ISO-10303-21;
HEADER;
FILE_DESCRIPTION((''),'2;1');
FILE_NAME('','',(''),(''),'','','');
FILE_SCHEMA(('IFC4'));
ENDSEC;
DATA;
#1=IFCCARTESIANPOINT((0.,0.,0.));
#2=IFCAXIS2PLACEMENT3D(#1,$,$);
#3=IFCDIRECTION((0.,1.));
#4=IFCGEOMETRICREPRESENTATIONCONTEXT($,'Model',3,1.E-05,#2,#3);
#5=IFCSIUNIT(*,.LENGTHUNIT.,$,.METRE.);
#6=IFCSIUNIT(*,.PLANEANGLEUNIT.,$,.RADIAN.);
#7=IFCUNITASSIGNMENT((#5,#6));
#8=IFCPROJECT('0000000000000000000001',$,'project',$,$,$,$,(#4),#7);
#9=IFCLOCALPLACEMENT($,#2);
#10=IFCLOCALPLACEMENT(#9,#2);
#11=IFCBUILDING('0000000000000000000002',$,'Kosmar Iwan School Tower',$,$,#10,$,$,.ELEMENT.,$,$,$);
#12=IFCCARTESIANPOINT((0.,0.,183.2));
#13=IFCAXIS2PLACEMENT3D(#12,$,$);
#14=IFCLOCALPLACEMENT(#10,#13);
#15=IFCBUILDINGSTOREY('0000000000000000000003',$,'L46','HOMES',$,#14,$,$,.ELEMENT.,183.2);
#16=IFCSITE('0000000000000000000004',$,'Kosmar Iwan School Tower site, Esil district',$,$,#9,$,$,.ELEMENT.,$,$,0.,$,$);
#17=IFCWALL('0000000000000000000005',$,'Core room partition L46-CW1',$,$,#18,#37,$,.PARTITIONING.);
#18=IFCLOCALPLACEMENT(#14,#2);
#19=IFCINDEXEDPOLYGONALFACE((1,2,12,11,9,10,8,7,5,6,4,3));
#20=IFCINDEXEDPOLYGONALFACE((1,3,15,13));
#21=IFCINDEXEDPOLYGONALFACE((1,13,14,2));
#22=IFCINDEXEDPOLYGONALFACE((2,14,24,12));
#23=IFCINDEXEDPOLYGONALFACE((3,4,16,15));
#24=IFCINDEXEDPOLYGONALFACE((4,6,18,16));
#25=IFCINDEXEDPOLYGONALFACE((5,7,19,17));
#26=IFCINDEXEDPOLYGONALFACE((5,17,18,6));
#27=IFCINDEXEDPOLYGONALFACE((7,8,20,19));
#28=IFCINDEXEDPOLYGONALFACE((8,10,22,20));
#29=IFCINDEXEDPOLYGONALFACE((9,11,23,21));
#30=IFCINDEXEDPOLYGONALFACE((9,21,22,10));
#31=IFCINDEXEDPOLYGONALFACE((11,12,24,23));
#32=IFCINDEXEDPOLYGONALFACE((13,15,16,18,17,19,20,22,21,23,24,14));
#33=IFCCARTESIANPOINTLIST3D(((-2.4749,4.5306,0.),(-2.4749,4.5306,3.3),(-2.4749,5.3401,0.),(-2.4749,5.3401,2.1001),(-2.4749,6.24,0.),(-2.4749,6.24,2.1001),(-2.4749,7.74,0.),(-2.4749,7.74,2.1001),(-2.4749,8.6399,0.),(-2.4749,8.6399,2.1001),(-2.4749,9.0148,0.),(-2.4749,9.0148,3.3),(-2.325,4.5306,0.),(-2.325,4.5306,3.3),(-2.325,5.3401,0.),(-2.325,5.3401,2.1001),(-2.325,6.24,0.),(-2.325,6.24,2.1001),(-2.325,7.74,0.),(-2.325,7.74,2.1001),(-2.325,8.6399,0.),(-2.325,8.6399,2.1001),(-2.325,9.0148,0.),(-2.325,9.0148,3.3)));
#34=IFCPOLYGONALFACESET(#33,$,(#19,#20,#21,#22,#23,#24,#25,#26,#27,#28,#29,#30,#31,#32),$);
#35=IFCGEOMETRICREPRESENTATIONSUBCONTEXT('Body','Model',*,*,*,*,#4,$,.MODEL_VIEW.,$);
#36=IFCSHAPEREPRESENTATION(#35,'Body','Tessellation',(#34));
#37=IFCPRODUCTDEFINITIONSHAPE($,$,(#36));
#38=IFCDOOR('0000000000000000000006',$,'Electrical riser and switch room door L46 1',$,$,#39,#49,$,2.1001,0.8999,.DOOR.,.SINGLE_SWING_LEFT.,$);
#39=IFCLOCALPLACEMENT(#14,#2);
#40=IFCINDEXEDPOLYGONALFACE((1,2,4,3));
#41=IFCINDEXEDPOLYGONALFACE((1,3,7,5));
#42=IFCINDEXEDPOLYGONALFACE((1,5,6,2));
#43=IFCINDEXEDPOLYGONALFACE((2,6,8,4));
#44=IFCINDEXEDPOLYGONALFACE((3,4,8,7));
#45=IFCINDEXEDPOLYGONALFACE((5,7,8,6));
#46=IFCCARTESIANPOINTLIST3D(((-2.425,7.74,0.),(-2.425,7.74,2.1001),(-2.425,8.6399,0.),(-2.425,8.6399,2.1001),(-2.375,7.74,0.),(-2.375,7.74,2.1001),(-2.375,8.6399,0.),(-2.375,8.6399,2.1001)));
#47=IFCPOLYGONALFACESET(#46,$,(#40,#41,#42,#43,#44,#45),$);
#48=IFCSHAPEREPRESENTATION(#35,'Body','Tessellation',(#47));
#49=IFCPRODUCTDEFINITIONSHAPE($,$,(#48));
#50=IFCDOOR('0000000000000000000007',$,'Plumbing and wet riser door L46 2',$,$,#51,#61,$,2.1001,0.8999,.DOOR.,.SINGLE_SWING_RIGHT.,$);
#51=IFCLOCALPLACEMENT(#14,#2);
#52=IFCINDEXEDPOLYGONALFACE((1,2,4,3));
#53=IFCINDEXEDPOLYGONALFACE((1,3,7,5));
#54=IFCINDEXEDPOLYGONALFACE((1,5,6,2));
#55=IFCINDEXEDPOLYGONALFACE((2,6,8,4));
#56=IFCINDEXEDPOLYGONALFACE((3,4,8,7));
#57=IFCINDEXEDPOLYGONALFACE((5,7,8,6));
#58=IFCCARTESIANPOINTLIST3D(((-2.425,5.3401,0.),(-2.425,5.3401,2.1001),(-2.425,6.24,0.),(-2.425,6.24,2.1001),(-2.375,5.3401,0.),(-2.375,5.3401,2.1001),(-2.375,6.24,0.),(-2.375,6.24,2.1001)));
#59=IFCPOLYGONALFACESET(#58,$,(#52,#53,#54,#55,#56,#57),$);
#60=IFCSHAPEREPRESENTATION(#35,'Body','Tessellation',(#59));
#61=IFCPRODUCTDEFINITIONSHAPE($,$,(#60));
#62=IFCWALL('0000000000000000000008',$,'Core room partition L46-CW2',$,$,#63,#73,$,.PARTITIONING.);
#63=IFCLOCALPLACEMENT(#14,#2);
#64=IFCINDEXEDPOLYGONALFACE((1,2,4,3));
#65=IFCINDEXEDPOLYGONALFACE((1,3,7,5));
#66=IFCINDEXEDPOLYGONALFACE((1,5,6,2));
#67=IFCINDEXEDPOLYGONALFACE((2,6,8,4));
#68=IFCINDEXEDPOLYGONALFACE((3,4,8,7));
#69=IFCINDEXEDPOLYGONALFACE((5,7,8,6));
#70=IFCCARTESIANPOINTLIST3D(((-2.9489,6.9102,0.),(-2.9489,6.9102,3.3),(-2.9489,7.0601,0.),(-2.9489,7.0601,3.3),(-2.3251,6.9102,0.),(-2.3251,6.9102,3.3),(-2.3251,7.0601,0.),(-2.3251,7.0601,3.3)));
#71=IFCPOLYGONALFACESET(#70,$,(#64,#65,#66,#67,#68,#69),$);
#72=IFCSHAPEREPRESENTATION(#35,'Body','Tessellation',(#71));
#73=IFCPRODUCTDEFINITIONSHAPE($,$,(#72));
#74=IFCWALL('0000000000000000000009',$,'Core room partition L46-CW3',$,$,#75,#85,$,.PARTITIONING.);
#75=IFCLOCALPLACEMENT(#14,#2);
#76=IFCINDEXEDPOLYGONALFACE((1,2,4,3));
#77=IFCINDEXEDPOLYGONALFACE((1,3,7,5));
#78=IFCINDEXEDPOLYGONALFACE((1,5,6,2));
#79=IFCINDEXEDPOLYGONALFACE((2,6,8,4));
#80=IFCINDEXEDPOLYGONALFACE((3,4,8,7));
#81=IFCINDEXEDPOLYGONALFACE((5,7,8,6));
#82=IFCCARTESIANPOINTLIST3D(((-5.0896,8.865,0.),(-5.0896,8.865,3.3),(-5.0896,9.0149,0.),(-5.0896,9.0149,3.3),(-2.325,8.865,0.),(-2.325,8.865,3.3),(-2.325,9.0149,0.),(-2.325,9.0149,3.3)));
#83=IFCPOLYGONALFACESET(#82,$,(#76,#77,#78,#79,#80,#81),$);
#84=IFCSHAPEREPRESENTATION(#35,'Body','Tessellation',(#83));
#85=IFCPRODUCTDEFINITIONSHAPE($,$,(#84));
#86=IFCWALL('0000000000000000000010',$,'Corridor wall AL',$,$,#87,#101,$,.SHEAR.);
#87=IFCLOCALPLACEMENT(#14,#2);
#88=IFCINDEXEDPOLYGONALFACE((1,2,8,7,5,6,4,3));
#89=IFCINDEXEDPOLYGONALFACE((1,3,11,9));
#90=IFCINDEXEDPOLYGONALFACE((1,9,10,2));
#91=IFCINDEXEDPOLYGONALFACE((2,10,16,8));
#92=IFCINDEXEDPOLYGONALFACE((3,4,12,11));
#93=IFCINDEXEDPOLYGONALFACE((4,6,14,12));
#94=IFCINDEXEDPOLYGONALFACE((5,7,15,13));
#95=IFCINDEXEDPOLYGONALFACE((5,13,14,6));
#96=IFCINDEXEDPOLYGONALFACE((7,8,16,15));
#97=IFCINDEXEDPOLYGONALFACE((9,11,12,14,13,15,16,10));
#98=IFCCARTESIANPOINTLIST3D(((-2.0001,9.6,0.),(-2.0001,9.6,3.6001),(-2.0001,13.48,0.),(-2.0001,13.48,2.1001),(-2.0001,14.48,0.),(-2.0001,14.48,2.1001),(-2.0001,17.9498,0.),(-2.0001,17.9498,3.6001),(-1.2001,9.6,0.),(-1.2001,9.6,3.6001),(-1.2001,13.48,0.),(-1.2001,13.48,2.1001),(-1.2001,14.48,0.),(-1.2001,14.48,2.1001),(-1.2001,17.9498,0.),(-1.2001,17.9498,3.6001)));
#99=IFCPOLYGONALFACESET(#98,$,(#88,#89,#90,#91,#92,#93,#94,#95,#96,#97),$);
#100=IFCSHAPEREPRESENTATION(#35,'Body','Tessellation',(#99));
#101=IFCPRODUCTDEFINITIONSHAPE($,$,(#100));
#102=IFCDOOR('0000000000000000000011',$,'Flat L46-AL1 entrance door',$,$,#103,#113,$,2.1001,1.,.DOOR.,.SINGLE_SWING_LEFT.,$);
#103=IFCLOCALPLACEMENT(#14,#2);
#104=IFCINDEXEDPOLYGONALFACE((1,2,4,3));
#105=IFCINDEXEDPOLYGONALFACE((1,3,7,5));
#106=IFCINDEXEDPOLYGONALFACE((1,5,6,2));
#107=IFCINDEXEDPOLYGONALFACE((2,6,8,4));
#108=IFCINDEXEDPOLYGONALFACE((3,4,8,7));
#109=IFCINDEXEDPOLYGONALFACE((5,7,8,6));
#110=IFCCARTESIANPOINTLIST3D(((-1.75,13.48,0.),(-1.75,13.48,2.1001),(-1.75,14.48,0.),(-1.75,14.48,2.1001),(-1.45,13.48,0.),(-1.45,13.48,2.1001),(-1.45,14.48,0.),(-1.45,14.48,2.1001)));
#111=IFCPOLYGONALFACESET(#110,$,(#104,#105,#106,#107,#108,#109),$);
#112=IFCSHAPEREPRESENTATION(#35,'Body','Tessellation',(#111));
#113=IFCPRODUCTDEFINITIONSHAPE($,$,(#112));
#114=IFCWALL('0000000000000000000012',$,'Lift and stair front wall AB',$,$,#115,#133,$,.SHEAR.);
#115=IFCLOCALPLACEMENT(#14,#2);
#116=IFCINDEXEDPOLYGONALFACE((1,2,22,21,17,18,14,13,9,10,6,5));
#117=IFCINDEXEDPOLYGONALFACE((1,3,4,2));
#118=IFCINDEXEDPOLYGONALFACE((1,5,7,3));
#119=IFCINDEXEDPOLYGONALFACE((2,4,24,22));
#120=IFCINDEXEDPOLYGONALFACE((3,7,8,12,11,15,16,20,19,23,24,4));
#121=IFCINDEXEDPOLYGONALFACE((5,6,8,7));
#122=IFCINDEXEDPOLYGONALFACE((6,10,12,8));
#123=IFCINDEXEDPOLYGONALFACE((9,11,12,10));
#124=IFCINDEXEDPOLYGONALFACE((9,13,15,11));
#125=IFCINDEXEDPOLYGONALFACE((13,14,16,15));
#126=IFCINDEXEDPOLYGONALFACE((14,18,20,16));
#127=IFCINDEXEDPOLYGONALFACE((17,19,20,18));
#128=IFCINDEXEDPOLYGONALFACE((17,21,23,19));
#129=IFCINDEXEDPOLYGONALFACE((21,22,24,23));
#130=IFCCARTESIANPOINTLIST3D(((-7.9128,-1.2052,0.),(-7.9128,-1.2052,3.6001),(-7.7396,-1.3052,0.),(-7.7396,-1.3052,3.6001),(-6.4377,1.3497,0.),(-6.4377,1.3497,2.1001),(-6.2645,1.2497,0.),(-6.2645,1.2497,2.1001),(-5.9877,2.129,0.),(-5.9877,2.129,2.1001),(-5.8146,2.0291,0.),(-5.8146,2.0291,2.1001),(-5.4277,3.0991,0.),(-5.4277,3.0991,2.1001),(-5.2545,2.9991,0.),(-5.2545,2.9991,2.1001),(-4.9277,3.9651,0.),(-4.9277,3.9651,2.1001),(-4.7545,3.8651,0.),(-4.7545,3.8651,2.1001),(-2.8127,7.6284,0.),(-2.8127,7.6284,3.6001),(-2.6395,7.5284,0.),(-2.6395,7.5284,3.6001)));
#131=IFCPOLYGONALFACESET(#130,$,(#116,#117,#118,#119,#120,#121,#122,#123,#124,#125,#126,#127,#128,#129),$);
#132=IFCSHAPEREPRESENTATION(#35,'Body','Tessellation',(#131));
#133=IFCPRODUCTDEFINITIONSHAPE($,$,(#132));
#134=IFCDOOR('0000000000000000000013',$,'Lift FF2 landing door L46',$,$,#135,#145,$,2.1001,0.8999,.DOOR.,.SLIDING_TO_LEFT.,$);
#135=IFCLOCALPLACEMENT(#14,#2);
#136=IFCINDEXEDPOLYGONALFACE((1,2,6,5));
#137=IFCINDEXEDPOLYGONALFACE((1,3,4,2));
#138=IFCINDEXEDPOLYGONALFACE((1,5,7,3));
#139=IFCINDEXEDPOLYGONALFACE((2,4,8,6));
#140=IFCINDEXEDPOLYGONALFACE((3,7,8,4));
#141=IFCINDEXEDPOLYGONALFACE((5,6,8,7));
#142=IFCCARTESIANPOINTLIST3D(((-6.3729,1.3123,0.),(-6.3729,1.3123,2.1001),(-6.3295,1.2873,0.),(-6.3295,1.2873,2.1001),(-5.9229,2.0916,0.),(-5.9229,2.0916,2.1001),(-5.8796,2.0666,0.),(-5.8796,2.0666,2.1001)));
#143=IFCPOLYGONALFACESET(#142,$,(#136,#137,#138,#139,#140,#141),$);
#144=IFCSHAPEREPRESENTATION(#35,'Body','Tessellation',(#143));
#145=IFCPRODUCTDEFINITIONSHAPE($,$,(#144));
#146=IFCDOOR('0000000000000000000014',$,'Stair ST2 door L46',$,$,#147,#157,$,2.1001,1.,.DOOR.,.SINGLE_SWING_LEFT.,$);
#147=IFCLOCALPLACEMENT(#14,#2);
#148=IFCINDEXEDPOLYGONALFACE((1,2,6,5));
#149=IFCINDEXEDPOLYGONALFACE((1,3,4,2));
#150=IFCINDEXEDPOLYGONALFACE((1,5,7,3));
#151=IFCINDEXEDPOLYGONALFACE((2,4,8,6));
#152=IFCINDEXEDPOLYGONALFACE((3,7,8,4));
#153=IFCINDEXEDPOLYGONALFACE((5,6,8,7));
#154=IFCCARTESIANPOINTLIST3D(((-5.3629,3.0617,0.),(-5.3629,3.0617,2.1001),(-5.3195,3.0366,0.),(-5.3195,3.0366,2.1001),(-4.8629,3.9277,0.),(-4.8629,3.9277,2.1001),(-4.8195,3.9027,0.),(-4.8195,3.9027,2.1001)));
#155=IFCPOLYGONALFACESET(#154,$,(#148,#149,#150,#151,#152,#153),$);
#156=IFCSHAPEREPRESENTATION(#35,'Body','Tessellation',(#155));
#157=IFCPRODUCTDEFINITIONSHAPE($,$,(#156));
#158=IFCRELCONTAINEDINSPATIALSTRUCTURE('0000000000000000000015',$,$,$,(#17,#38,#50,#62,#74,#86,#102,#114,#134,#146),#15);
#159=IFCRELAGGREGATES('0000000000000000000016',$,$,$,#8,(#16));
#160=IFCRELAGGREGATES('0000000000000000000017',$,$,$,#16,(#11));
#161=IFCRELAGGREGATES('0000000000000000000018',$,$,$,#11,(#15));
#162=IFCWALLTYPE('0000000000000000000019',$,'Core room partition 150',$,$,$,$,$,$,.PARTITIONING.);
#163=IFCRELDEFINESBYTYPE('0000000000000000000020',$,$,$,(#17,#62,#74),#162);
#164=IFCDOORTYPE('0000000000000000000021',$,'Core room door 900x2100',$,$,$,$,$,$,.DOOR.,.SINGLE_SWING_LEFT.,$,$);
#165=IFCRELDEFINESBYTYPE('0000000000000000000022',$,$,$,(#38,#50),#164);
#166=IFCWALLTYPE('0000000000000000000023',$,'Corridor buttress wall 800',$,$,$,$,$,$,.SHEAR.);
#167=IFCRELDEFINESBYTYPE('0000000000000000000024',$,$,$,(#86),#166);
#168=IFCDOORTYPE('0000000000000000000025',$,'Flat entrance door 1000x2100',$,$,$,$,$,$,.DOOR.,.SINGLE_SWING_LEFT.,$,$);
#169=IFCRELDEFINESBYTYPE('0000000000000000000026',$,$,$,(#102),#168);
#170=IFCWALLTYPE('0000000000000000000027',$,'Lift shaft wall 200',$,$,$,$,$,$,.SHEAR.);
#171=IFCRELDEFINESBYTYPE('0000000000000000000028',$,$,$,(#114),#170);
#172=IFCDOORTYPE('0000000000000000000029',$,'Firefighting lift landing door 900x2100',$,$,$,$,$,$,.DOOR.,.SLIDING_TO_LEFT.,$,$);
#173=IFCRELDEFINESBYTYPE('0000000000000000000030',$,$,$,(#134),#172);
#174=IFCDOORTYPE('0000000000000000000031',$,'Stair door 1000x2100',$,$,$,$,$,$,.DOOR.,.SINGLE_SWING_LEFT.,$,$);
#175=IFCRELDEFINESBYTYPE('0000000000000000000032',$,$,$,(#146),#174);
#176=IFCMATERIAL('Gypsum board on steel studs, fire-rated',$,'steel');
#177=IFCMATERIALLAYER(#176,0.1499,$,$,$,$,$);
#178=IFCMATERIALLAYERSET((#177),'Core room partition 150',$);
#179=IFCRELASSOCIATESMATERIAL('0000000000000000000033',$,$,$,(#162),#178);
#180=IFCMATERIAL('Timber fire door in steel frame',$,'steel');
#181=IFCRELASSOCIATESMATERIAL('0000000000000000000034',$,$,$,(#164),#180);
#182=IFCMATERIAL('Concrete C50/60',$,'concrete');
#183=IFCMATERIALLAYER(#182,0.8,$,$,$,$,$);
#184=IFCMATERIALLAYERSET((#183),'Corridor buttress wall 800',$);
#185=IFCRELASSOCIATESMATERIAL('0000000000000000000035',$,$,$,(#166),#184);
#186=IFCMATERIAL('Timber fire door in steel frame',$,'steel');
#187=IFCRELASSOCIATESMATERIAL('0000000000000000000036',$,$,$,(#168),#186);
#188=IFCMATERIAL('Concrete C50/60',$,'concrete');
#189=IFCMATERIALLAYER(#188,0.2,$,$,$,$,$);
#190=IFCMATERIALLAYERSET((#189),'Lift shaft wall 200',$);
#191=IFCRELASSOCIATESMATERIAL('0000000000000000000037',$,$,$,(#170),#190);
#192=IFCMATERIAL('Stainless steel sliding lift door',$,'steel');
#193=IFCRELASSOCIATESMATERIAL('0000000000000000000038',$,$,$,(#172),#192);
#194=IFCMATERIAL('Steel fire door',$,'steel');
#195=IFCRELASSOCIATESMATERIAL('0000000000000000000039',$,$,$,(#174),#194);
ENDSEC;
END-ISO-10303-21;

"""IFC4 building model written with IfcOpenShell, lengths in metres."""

from ifc_helpers import new_model, si_unit, direction, frame, frame_2d, origin, place, context, subcontext, project, spatial, rectangle, extrude, material, layer, layer_set, type_object, element, fill, save


model = new_model("IFC4")

# Units and contexts
model_context = context("Model", 3, precision=1e-05, world=origin(), true_north=direction((0.0, 1.0)))
body_context = subcontext(model_context, "Body", "Model", "MODEL_VIEW")
ifc_project = project(units=[si_unit("LENGTHUNIT", "METRE"), si_unit("PLANEANGLEUNIT", "RADIAN")], contexts=[model_context])

# Site, building, storey
site_placement = place(None, origin())
site = spatial("IfcSite", under=ifc_project, at=site_placement, Name="Kosmar Iwan School Tower site, Esil district", CompositionType="ELEMENT", RefElevation=0.0)
building_placement = place(site_placement, origin())
building = spatial("IfcBuilding", under=site, at=building_placement, Name="Kosmar Iwan School Tower", CompositionType="ELEMENT")
storey_placement = place(building_placement, frame((0.0, 0.0, 183.2)))
storey = spatial("IfcBuildingStorey", under=building, at=storey_placement, Name="L46", Description="HOMES", CompositionType="ELEMENT", Elevation=183.2)

# Wall, openings, doors
ifc_material_1 = material(Name="Gypsum board on steel studs, fire-rated", Category="steel")
ifc_layer_1 = layer(ifc_material_1, 0.1499)
ifc_layer_set_1 = layer_set([ifc_layer_1], Name="Core room partition 150")
wall_type_1 = type_object("IfcWallType", Name="Core room partition 150", PredefinedType="PARTITIONING", material=ifc_layer_set_1)
wall_1_placement = place(storey_placement, frame((-2.3999, 9.0149, 0.0), z_axis=(0.0, 0.0, 1.0), x_axis=(0.0, -1.0, 0.0)))
wall_1 = element("IfcWall", 1, at=wall_1_placement, inside=storey, type_object=wall_type_1, Name="Core room partition L46-CW1", PredefinedType="PARTITIONING", context=body_context, shape_type="SweptSolid", body=[
    extrude(rectangle(XDim=4.4841, YDim=0.1499, at=frame_2d((2.2422, 0.0))), origin(), (0.0, 0.0, 1.0), 3.3),
])
opening_1_placement = place(wall_1_placement, frame((0.375, 0.0, 0.0)))
opening_1 = element("IfcOpeningElement", 2, at=opening_1_placement, cuts=wall_1, PredefinedType="OPENING", context=body_context, shape_type="SweptSolid", body=[
    extrude(rectangle(XDim=0.8999, YDim=2.1001, at=frame_2d((0.45, 1.05))), frame((0.0, 0.0869, 0.0), z_axis=(0.0, -1.0, 0.0), x_axis=(1.0, 0.0, 0.0)), (0.0, 0.0, 1.0), 0.1738),
])
opening_2_placement = place(wall_1_placement, frame((2.7749, 0.0, 0.0)))
opening_2 = element("IfcOpeningElement", 3, at=opening_2_placement, cuts=wall_1, PredefinedType="OPENING", context=body_context, shape_type="SweptSolid", body=[
    extrude(rectangle(XDim=0.8999, YDim=2.1001, at=frame_2d((0.45, 1.05))), frame((0.0, 0.0869, 0.0), z_axis=(0.0, -1.0, 0.0), x_axis=(1.0, 0.0, 0.0)), (0.0, 0.0, 1.0), 0.1738),
])
ifc_material_2 = material(Name="Timber fire door in steel frame", Category="steel")
door_type_1 = type_object("IfcDoorType", Name="Core room door 900x2100", OperationType="SINGLE_SWING_LEFT", PredefinedType="DOOR", material=ifc_material_2)
door_1_placement = place(opening_1_placement, origin())
door_1 = element("IfcDoor", 4, at=door_1_placement, inside=storey, type_object=door_type_1, Name="Electrical riser and switch room door L46 1", OperationType="SINGLE_SWING_LEFT", OverallHeight=2.1001, OverallWidth=0.8999, PredefinedType="DOOR", context=body_context, shape_type="SweptSolid", body=[
    extrude(rectangle(XDim=0.8999, YDim=2.1001, at=frame_2d((0.45, 1.05))), frame((0.0, 0.0249, 0.0), z_axis=(0.0, -1.0, 0.0), x_axis=(1.0, 0.0, 0.0)), (0.0, 0.0, 1.0), 0.05),
])
fill(opening_1, door_1)
door_2_placement = place(opening_2_placement, origin())
door_2 = element("IfcDoor", 5, at=door_2_placement, inside=storey, type_object=door_type_1, Name="Plumbing and wet riser door L46 2", OperationType="SINGLE_SWING_RIGHT", OverallHeight=2.1001, OverallWidth=0.8999, PredefinedType="DOOR", context=body_context, shape_type="SweptSolid", body=[
    extrude(rectangle(XDim=0.8999, YDim=2.1001, at=frame_2d((0.45, 1.05))), frame((0.0, 0.0249, 0.0), z_axis=(0.0, -1.0, 0.0), x_axis=(1.0, 0.0, 0.0)), (0.0, 0.0, 1.0), 0.05),
])
fill(opening_2, door_2)

# Walls
wall_2_placement = place(storey_placement, frame((-2.325, 6.9851, 0.0), z_axis=(0.0, 0.0, 1.0), x_axis=(-1.0, 0.0, 0.0)))
element("IfcWall", 6, at=wall_2_placement, inside=storey, type_object=wall_type_1, Name="Core room partition L46-CW2", PredefinedType="PARTITIONING", context=body_context, shape_type="SweptSolid", body=[
    extrude(rectangle(XDim=0.6238, YDim=0.1499, at=frame_2d((0.312, 0.0))), origin(), (0.0, 0.0, 1.0), 3.3),
])
wall_3_placement = place(storey_placement, frame((-5.0896, 8.9399, 0.0), z_axis=(0.0, 0.0, 1.0), x_axis=(1.0, 0.0, 0.0)))
element("IfcWall", 7, at=wall_3_placement, inside=storey, type_object=wall_type_1, Name="Core room partition L46-CW3", PredefinedType="PARTITIONING", context=body_context, shape_type="SweptSolid", body=[
    extrude(rectangle(XDim=2.7646, YDim=0.1499, at=frame_2d((1.3823, 0.0))), origin(), (0.0, 0.0, 1.0), 3.3),
])

# Wall, opening, door
ifc_material_3 = material(Name="Concrete C50/60", Category="concrete")
ifc_layer_2 = layer(ifc_material_3, 0.8)
ifc_layer_set_2 = layer_set([ifc_layer_2], Name="Corridor buttress wall 800")
wall_type_2 = type_object("IfcWallType", Name="Corridor buttress wall 800", PredefinedType="SHEAR", material=ifc_layer_set_2)
wall_4_placement = place(storey_placement, frame((-1.6001, 9.6001, 0.0), z_axis=(0.0, 0.0, 1.0), x_axis=(0.0, 1.0, 0.0)))
wall_4 = element("IfcWall", 8, at=wall_4_placement, inside=storey, type_object=wall_type_2, Name="Corridor wall AL", PredefinedType="SHEAR", context=body_context, shape_type="SweptSolid", body=[
    extrude(rectangle(XDim=8.3499, YDim=0.8, at=frame_2d((4.1748, 0.0))), origin(), (0.0, 0.0, 1.0), 3.6001),
])
opening_3_placement = place(wall_4_placement, frame((3.8799, 0.0, 0.0)))
opening_3 = element("IfcOpeningElement", 9, at=opening_3_placement, cuts=wall_4, PredefinedType="OPENING", context=body_context, shape_type="SweptSolid", body=[
    extrude(rectangle(XDim=1.0, YDim=2.1001, at=frame_2d((0.5, 1.05))), frame((0.0, 0.4121, 0.0), z_axis=(0.0, -1.0, 0.0), x_axis=(1.0, 0.0, 0.0)), (0.0, 0.0, 1.0), 0.824),
])
ifc_material_4 = material(Name="Timber fire door in steel frame", Category="steel")
door_type_2 = type_object("IfcDoorType", Name="Flat entrance door 1000x2100", OperationType="SINGLE_SWING_LEFT", PredefinedType="DOOR", material=ifc_material_4)
door_3_placement = place(opening_3_placement, origin())
door_3 = element("IfcDoor", 10, at=door_3_placement, inside=storey, type_object=door_type_2, Name="Flat L46-AL1 entrance door", OperationType="SINGLE_SWING_LEFT", OverallHeight=2.1001, OverallWidth=1.0, PredefinedType="DOOR", context=body_context, shape_type="SweptSolid", body=[
    extrude(rectangle(XDim=1.0, YDim=2.1001, at=frame_2d((0.5, 1.05))), frame((0.0, 0.1499, 0.0), z_axis=(0.0, -1.0, 0.0), x_axis=(1.0, 0.0, 0.0)), (0.0, 0.0, 1.0), 0.3),
])
fill(opening_3, door_3)

# Wall, openings, doors
ifc_material_5 = material(Name="Concrete C50/60", Category="concrete")
ifc_layer_3 = layer(ifc_material_5, 0.2)
ifc_layer_set_3 = layer_set([ifc_layer_3], Name="Lift shaft wall 200")
wall_type_3 = type_object("IfcWallType", Name="Lift shaft wall 200", PredefinedType="SHEAR", material=ifc_layer_set_3)
wall_5_placement = place(storey_placement, frame((-2.7261, 7.5784, 0.0), z_axis=(0.0, 0.0, 1.0), x_axis=(-0.500006, -0.866022, 0.0)))
wall_5 = element("IfcWall", 11, at=wall_5_placement, inside=storey, type_object=wall_type_3, Name="Lift and stair front wall AB", PredefinedType="SHEAR", context=body_context, shape_type="SweptSolid", body=[
    extrude(rectangle(XDim=10.2002, YDim=0.2, at=frame_2d((5.1001, 0.0))), origin(), (0.0, 0.0, 1.0), 3.6001),
])
opening_4_placement = place(wall_5_placement, frame((6.3501, 0.0, 0.0)))
opening_4 = element("IfcOpeningElement", 12, at=opening_4_placement, cuts=wall_5, PredefinedType="OPENING", context=body_context, shape_type="SweptSolid", body=[
    extrude(rectangle(XDim=0.8999, YDim=2.1001, at=frame_2d((0.45, 1.05))), frame((0.0, 0.1121, 0.0), z_axis=(0.0, -1.0, 0.0), x_axis=(1.0, 0.0, 0.0)), (0.0, 0.0, 1.0), 0.2239),
])
opening_5_placement = place(wall_5_placement, frame((4.23, 0.0, 0.0)))
opening_5 = element("IfcOpeningElement", 13, at=opening_5_placement, cuts=wall_5, PredefinedType="OPENING", context=body_context, shape_type="SweptSolid", body=[
    extrude(rectangle(XDim=1.0, YDim=2.1001, at=frame_2d((0.5, 1.05))), frame((0.0, 0.1121, 0.0), z_axis=(0.0, -1.0, 0.0), x_axis=(1.0, 0.0, 0.0)), (0.0, 0.0, 1.0), 0.2239),
])
ifc_material_6 = material(Name="Stainless steel sliding lift door", Category="steel")
door_type_3 = type_object("IfcDoorType", Name="Firefighting lift landing door 900x2100", OperationType="SLIDING_TO_LEFT", PredefinedType="DOOR", material=ifc_material_6)
door_4_placement = place(opening_4_placement, origin())
door_4 = element("IfcDoor", 14, at=door_4_placement, inside=storey, type_object=door_type_3, Name="Lift FF2 landing door L46", OperationType="SLIDING_TO_LEFT", OverallHeight=2.1001, OverallWidth=0.8999, PredefinedType="DOOR", context=body_context, shape_type="SweptSolid", body=[
    extrude(rectangle(XDim=0.8999, YDim=2.1001, at=frame_2d((0.45, 1.05))), frame((0.0, 0.0249, 0.0), z_axis=(0.0, -1.0, 0.0), x_axis=(1.0, 0.0, 0.0)), (0.0, 0.0, 1.0), 0.05),
])
fill(opening_4, door_4)
ifc_material_7 = material(Name="Steel fire door", Category="steel")
door_type_4 = type_object("IfcDoorType", Name="Stair door 1000x2100", OperationType="SINGLE_SWING_LEFT", PredefinedType="DOOR", material=ifc_material_7)
door_5_placement = place(opening_5_placement, origin())
door_5 = element("IfcDoor", 15, at=door_5_placement, inside=storey, type_object=door_type_4, Name="Stair ST2 door L46", OperationType="SINGLE_SWING_LEFT", OverallHeight=2.1001, OverallWidth=1.0, PredefinedType="DOOR", context=body_context, shape_type="SweptSolid", body=[
    extrude(rectangle(XDim=1.0, YDim=2.1001, at=frame_2d((0.5, 1.05))), frame((0.0, 0.0249, 0.0), z_axis=(0.0, -1.0, 0.0), x_axis=(1.0, 0.0, 0.0)), (0.0, 0.0, 1.0), 0.05),
])
fill(opening_5, door_5)

save(model, "model.ifc")
